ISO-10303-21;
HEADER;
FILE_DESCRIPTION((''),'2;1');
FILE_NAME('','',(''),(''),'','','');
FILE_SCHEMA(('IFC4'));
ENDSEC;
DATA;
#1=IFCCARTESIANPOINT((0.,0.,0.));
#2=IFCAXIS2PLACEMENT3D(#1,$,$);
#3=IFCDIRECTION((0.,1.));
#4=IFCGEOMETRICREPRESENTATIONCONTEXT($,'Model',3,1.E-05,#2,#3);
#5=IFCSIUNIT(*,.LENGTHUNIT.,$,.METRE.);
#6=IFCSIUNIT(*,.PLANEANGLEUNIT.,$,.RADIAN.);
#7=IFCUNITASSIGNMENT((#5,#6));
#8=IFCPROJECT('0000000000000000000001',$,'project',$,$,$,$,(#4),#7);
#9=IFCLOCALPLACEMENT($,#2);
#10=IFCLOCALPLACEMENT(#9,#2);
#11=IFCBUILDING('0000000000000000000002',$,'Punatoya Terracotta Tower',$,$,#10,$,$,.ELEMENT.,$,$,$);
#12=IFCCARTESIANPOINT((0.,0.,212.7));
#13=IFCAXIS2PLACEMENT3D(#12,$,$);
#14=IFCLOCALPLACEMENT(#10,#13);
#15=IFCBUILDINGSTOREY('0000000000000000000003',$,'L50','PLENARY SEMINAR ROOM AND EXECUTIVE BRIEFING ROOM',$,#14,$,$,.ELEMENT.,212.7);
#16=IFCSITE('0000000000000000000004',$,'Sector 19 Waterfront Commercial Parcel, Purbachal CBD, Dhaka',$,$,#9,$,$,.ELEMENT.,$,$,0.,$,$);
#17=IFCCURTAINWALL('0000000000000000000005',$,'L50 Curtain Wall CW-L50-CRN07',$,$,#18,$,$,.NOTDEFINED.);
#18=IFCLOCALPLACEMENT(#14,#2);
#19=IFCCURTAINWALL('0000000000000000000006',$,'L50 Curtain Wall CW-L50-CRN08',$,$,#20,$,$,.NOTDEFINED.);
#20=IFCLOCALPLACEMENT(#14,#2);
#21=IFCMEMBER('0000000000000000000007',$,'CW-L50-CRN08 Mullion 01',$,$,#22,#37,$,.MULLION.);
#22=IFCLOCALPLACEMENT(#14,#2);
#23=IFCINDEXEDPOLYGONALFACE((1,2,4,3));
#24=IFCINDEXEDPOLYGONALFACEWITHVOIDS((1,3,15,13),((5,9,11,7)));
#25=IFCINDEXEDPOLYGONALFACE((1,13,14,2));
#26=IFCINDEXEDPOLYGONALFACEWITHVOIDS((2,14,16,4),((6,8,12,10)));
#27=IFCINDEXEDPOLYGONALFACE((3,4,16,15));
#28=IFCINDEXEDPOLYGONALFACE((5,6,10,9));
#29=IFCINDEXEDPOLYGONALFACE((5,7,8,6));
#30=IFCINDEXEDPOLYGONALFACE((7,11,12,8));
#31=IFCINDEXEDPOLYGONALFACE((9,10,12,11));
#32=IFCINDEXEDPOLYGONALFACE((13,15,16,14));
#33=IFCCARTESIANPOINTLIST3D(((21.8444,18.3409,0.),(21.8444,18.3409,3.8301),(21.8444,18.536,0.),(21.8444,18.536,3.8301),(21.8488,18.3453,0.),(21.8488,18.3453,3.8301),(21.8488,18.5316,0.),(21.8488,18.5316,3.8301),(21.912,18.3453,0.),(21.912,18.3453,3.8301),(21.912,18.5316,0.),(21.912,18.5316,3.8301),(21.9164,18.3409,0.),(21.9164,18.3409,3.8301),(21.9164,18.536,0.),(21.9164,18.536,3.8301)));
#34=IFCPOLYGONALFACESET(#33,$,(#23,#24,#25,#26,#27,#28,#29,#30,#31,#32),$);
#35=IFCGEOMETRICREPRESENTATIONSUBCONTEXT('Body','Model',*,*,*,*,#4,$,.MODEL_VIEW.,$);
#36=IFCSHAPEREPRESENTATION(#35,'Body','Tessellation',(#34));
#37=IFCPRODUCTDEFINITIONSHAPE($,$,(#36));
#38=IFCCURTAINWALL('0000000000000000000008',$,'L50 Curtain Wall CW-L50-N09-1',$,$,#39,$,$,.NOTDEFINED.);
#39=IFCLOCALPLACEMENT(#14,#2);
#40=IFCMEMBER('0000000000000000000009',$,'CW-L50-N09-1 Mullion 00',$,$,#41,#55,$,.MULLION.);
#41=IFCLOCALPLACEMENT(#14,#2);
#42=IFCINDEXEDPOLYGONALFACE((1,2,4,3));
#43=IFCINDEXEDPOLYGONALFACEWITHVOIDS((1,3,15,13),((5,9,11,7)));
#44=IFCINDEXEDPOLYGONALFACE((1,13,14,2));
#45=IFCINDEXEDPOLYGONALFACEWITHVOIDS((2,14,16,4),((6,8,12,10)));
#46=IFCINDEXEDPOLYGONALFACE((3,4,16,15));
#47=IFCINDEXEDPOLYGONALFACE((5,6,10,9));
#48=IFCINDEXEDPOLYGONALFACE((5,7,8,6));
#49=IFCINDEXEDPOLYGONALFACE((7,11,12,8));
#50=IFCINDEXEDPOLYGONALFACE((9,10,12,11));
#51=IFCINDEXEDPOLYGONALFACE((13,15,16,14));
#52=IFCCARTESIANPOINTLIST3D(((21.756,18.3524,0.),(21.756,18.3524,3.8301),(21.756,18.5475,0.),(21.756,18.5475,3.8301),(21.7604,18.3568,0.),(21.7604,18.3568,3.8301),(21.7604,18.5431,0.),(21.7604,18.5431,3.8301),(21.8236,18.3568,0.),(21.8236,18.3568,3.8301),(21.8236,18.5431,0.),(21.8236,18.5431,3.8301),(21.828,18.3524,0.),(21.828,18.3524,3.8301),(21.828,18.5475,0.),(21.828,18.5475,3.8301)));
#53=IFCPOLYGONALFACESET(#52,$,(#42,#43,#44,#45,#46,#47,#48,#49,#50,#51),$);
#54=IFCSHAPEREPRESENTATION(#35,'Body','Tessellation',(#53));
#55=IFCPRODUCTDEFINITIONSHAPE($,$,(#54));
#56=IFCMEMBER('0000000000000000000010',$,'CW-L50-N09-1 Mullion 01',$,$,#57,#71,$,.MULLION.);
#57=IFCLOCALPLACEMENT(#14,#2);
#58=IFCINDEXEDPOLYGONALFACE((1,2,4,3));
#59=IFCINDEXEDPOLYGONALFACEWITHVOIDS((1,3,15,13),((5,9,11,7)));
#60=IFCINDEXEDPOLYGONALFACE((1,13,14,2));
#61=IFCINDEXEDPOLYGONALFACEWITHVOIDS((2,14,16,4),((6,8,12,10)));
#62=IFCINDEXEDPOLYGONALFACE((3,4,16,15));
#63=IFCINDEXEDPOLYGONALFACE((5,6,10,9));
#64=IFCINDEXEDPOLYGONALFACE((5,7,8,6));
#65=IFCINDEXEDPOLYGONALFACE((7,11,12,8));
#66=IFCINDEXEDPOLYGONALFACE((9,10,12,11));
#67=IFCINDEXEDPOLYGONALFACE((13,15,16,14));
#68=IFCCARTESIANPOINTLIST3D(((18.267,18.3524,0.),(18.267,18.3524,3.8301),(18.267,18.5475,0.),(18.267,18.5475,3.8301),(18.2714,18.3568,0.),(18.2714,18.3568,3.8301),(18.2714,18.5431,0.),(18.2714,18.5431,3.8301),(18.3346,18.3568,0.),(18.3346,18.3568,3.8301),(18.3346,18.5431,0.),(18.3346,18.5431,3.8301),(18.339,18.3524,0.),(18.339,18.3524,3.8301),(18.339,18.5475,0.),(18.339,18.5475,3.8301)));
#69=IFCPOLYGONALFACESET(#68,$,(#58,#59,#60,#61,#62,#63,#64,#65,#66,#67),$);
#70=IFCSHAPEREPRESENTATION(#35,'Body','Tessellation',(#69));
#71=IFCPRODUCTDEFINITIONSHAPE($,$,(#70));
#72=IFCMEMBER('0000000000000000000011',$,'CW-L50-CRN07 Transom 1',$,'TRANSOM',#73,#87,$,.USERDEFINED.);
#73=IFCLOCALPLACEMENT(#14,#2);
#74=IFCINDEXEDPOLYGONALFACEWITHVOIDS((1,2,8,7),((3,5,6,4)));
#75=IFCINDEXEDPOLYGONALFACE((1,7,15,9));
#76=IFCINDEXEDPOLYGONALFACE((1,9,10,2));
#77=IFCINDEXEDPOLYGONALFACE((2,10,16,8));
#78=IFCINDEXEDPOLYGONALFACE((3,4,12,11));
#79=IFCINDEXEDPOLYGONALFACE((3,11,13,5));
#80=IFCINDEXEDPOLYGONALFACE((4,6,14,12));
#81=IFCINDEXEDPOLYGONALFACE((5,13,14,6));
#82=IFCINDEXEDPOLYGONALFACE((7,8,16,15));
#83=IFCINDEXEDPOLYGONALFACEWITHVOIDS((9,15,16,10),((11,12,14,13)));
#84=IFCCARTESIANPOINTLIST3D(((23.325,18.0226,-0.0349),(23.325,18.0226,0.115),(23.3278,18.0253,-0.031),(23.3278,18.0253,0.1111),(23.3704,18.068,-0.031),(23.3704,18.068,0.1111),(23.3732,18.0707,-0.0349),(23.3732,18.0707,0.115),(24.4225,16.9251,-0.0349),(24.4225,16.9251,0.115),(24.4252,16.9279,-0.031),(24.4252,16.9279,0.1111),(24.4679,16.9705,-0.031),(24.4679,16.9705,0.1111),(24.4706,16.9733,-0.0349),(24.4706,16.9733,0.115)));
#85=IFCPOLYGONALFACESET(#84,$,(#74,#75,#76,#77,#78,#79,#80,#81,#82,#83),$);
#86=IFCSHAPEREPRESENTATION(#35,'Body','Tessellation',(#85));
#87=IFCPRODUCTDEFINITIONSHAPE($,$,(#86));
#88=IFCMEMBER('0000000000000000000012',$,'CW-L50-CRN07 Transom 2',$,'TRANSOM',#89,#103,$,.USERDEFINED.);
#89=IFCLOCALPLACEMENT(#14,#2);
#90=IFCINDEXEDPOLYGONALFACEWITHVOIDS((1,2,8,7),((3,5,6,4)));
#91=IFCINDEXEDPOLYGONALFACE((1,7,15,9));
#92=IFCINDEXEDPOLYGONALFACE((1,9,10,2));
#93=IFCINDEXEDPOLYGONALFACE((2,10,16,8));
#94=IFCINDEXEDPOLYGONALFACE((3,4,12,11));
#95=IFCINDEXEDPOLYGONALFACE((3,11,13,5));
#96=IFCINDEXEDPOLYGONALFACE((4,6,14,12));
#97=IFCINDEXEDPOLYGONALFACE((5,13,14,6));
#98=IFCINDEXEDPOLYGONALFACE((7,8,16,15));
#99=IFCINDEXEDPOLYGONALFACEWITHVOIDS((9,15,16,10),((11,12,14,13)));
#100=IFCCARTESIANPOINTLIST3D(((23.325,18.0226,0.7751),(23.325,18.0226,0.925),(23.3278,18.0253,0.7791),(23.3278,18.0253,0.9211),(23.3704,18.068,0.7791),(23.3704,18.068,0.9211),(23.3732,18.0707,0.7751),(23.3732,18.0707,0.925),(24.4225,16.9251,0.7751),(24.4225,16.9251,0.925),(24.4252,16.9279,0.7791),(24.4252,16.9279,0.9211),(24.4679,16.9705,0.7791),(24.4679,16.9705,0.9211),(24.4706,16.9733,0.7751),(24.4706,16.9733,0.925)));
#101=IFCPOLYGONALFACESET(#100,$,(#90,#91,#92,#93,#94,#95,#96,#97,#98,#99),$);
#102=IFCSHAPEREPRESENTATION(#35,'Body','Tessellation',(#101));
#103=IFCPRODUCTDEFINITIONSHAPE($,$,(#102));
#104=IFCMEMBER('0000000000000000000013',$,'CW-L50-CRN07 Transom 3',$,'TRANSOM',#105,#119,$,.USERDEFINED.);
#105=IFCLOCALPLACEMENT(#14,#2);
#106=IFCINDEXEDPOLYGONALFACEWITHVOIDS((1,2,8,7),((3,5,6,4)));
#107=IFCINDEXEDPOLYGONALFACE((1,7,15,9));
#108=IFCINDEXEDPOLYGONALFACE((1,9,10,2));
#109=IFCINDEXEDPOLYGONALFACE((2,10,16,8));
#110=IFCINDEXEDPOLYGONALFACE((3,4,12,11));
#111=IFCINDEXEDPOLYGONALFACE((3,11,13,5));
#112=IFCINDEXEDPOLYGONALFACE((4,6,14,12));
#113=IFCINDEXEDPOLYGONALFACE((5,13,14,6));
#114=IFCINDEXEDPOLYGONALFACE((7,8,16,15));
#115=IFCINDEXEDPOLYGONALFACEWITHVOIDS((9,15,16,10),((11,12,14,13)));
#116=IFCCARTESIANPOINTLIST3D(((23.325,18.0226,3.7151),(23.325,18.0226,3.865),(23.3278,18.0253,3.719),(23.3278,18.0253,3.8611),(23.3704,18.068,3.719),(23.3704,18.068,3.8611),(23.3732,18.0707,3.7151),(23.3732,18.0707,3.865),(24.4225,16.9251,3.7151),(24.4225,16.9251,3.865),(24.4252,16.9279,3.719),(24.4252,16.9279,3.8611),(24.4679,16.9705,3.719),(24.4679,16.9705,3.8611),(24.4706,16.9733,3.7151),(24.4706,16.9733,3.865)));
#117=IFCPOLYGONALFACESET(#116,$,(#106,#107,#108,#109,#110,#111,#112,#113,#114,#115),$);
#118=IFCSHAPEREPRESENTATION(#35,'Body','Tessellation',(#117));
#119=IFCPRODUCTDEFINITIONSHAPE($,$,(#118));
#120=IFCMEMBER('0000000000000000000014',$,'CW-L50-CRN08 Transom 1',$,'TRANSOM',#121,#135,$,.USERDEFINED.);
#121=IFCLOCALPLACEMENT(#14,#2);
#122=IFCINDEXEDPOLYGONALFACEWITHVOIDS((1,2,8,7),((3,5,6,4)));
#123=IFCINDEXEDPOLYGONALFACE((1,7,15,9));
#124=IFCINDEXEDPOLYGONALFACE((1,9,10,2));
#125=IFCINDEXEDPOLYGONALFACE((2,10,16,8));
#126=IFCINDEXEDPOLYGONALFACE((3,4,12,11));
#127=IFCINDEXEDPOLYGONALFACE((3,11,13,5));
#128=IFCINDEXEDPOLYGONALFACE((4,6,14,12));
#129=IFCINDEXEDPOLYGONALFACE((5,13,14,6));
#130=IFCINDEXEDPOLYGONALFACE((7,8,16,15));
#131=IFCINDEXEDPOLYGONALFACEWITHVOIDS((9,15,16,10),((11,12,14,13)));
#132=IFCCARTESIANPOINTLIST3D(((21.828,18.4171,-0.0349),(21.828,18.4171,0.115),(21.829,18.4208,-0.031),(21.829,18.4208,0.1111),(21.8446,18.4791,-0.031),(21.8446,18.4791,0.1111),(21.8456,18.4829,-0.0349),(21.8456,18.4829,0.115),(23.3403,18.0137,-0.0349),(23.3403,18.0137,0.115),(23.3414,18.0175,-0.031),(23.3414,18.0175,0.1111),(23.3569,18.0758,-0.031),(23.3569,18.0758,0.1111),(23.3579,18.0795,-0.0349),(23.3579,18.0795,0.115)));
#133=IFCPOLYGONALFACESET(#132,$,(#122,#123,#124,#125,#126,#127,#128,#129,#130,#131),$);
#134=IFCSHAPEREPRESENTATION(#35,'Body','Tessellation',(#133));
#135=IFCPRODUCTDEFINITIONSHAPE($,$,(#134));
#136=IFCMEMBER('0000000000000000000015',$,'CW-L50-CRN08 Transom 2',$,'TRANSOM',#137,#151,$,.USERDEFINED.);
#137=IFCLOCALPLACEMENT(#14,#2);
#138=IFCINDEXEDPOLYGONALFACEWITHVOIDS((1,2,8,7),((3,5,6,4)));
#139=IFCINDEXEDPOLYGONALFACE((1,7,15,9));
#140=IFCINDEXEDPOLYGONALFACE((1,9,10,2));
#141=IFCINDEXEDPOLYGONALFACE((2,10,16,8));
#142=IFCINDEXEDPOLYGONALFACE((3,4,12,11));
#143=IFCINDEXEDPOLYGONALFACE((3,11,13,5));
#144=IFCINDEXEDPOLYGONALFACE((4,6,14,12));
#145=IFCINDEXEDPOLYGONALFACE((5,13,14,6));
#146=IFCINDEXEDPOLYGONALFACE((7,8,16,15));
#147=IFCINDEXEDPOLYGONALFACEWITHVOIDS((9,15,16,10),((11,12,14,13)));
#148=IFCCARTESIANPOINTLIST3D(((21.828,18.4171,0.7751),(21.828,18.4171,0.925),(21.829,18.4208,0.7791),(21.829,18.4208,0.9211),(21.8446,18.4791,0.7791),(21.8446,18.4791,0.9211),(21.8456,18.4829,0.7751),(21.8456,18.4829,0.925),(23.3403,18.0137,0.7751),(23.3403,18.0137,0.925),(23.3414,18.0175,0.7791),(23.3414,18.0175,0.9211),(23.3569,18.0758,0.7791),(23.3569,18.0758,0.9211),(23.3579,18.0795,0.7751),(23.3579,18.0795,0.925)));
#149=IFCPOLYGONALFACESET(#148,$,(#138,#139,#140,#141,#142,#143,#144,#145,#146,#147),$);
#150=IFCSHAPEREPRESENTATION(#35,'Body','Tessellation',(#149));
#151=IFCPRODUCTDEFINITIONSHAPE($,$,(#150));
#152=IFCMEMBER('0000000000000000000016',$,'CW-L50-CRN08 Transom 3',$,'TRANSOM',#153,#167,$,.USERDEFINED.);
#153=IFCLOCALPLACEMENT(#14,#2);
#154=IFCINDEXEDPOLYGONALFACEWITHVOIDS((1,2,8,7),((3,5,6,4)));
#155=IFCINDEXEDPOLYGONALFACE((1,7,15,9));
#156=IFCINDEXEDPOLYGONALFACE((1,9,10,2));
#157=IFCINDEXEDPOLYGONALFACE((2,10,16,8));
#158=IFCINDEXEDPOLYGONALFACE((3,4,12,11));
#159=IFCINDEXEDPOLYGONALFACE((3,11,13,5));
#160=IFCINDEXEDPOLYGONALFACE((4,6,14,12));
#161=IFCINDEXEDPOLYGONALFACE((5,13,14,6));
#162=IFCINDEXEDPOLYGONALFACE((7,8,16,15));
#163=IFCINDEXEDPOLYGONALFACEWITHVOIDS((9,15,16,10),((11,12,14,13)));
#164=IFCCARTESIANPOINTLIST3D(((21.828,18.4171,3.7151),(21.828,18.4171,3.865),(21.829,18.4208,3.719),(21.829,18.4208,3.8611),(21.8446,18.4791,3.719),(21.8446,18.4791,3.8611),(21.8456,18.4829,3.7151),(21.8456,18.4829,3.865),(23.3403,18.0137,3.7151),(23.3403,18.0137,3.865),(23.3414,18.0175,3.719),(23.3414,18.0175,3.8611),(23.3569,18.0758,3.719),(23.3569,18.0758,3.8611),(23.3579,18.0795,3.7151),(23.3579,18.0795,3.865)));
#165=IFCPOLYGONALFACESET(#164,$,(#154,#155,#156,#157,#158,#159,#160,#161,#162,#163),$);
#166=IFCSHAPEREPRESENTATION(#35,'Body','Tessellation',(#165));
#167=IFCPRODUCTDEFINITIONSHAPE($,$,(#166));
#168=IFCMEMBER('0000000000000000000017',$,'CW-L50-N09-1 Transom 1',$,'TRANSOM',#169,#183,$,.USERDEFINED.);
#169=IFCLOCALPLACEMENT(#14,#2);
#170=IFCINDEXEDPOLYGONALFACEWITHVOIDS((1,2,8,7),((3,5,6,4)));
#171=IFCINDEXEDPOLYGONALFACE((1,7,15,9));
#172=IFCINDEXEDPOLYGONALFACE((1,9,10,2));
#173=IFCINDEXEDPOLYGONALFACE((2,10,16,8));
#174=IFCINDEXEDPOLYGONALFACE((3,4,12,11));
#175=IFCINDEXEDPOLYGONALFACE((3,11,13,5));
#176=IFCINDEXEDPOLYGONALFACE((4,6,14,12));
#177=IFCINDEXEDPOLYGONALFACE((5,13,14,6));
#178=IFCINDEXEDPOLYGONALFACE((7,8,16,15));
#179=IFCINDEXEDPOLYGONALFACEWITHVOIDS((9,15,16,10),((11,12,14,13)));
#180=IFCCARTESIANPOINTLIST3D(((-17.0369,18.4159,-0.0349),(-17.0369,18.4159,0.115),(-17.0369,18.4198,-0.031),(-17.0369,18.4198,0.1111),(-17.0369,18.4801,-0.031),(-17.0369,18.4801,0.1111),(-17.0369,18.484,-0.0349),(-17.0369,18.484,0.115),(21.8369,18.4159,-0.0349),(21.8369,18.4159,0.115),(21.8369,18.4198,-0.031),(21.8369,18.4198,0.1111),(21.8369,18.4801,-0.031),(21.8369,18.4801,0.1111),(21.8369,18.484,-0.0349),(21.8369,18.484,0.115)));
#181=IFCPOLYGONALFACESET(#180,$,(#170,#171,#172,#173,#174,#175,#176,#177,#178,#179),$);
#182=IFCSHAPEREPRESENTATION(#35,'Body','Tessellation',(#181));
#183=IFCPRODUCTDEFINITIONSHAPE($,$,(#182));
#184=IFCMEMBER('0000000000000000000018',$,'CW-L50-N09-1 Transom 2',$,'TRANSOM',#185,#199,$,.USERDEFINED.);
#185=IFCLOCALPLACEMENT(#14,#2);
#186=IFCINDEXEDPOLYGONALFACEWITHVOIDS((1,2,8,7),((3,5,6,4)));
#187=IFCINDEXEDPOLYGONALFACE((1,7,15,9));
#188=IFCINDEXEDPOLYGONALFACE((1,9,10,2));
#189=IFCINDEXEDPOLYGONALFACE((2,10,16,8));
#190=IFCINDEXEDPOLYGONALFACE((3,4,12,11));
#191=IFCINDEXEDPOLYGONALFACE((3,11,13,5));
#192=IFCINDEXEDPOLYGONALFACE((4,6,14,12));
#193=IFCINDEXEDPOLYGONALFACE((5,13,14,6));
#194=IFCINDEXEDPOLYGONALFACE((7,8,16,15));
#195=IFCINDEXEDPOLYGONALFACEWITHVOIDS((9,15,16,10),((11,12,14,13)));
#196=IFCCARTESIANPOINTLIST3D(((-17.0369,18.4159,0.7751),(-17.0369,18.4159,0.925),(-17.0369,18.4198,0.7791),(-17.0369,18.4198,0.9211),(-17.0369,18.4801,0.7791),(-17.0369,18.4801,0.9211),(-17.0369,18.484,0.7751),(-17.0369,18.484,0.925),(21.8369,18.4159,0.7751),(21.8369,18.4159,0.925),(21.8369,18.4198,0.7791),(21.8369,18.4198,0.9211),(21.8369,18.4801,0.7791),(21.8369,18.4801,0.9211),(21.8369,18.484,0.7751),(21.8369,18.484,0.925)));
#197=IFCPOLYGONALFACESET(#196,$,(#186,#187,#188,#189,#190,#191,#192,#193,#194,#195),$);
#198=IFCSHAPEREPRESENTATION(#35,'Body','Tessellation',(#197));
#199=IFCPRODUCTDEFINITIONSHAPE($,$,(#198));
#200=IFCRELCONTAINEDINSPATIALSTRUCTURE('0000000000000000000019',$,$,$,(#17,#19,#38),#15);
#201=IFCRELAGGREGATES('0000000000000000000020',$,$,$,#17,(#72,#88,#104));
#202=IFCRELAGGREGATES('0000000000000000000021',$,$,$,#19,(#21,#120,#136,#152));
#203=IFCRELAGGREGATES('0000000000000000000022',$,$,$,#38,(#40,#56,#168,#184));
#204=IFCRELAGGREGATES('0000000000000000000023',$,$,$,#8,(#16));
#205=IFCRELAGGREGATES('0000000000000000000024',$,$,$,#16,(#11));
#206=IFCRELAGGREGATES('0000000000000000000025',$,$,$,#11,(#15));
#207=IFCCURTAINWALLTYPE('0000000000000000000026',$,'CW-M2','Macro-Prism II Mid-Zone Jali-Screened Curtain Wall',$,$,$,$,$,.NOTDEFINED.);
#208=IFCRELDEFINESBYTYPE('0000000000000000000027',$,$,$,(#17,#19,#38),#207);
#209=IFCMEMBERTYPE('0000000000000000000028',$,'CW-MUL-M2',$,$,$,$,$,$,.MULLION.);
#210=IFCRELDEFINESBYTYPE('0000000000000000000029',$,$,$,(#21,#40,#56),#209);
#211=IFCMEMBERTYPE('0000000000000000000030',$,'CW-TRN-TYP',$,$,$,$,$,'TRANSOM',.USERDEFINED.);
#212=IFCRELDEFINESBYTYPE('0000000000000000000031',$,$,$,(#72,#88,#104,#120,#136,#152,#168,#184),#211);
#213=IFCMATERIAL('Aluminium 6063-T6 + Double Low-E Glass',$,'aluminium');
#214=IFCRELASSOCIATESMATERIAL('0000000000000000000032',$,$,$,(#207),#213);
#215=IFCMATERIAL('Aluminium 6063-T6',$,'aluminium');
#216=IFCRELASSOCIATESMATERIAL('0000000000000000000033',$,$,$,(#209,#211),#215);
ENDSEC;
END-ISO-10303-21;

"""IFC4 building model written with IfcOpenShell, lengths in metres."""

from ifc_helpers import new_model, si_unit, direction, frame, origin, origin_2d, place, context, subcontext, project, spatial, hollow_rectangle, extrude, material, material_profile, profile_set, type_object, element, aggregate, save


model = new_model("IFC4")

# Units and contexts
model_context = context("Model", 3, precision=1e-05, world=origin(), true_north=direction((0.0, 1.0)))
body_context = subcontext(model_context, "Body", "Model", "MODEL_VIEW")
ifc_project = project(units=[si_unit("LENGTHUNIT", "METRE"), si_unit("PLANEANGLEUNIT", "RADIAN")], contexts=[model_context])

# Site, building, storey
site_placement = place(None, origin())
site = spatial("IfcSite", under=ifc_project, at=site_placement, Name="Sector 19 Waterfront Commercial Parcel, Purbachal CBD, Dhaka", CompositionType="ELEMENT", RefElevation=0.0)
building_placement = place(site_placement, origin())
building = spatial("IfcBuilding", under=site, at=building_placement, Name="Punatoya Terracotta Tower", CompositionType="ELEMENT")
storey_placement = place(building_placement, frame((0.0, 0.0, 212.7)))
storey = spatial("IfcBuildingStorey", under=building, at=storey_placement, Name="L50", Description="PLENARY SEMINAR ROOM AND EXECUTIVE BRIEFING ROOM", CompositionType="ELEMENT", Elevation=212.7)

# Shared definitions
ifc_material_1 = material(Name="Aluminium 6063-T6 + Double Low-E Glass", Category="aluminium")
curtain_wall_type = type_object("IfcCurtainWallType", Name="CW-M2", Description="Macro-Prism II Mid-Zone Jali-Screened Curtain Wall", PredefinedType="NOTDEFINED", material=ifc_material_1)
ifc_material_2 = material(Name="Aluminium 6063-T6", Category="aluminium")
ifc_material_profile_1 = material_profile(ifc_material_2, hollow_rectangle(XDim=0.072, YDim=0.1951, WallThickness=0.0044, at=origin_2d()))
ifc_profile_set_1 = profile_set([ifc_material_profile_1], Name="Aluminium 6063-T6")
member_type_1 = type_object("IfcMemberType", Name="CW-MUL-M2", PredefinedType="MULLION", material=ifc_profile_set_1)

# Curtain walls, members
curtain_wall_1_placement = place(storey_placement, origin())
curtain_wall_1 = element("IfcCurtainWall", 1, at=curtain_wall_1_placement, inside=storey, type_object=curtain_wall_type, Name="L50 Curtain Wall CW-L50-CRN07", PredefinedType="NOTDEFINED")
curtain_wall_2_placement = place(storey_placement, origin())
curtain_wall_2 = element("IfcCurtainWall", 2, at=curtain_wall_2_placement, inside=storey, type_object=curtain_wall_type, Name="L50 Curtain Wall CW-L50-CRN08", PredefinedType="NOTDEFINED")
member_1_placement = place(storey_placement, frame((21.8804, 18.4385, 0.0), z_axis=(0.0, 0.0, 1.0), x_axis=(1.0, 0.0, 0.0)))
member_1 = element("IfcMember", 3, at=member_1_placement, type_object=member_type_1, Name="CW-L50-CRN08 Mullion 01", PredefinedType="MULLION", context=body_context, shape_type="SweptSolid", body=[
    extrude(hollow_rectangle(XDim=0.072, YDim=0.1951, WallThickness=0.0044, at=origin_2d()), origin(), (0.0, 0.0, 1.0), 3.8301),
])
curtain_wall_3_placement = place(storey_placement, origin())
curtain_wall_3 = element("IfcCurtainWall", 4, at=curtain_wall_3_placement, inside=storey, type_object=curtain_wall_type, Name="L50 Curtain Wall CW-L50-N09-1", PredefinedType="NOTDEFINED")
member_2_placement = place(storey_placement, frame((21.792, 18.45, 0.0), z_axis=(0.0, 0.0, 1.0), x_axis=(1.0, 0.0, 0.0)))
member_2 = element("IfcMember", 5, at=member_2_placement, type_object=member_type_1, Name="CW-L50-N09-1 Mullion 00", PredefinedType="MULLION", context=body_context, shape_type="SweptSolid", body=[
    extrude(hollow_rectangle(XDim=0.072, YDim=0.1951, WallThickness=0.0044, at=origin_2d()), origin(), (0.0, 0.0, 1.0), 3.8301),
])
member_3_placement = place(storey_placement, frame((18.303, 18.45, 0.0), z_axis=(0.0, 0.0, 1.0), x_axis=(1.0, 0.0, 0.0)))
member_3 = element("IfcMember", 6, at=member_3_placement, type_object=member_type_1, Name="CW-L50-N09-1 Mullion 01", PredefinedType="MULLION", context=body_context, shape_type="SweptSolid", body=[
    extrude(hollow_rectangle(XDim=0.072, YDim=0.1951, WallThickness=0.0044, at=origin_2d()), origin(), (0.0, 0.0, 1.0), 3.8301),
])

# Members
ifc_material_profile_2 = material_profile(ifc_material_2, hollow_rectangle(XDim=0.0681, YDim=0.1499, WallThickness=0.0039, at=origin_2d()))
ifc_profile_set_2 = profile_set([ifc_material_profile_2], Name="Aluminium 6063-T6")
member_type_2 = type_object("IfcMemberType", Name="CW-TRN-TYP", ElementType="TRANSOM", PredefinedType="USERDEFINED", material=ifc_profile_set_2)
member_4_placement = place(storey_placement, frame((24.4465, 16.9492, 0.04), z_axis=(-0.707107, 0.707107, 0.0), x_axis=(-0.707107, -0.707107, 0.0)))
member_4 = element("IfcMember", 7, at=member_4_placement, type_object=member_type_2, Name="CW-L50-CRN07 Transom 1", ObjectType="TRANSOM", PredefinedType="USERDEFINED", context=body_context, shape_type="SweptSolid", body=[
    extrude(hollow_rectangle(XDim=0.0681, YDim=0.1499, WallThickness=0.0039, at=origin_2d()), origin(), (0.0, 0.0, 1.0), 1.552),
])
member_5_placement = place(storey_placement, frame((24.4465, 16.9492, 0.8501), z_axis=(-0.707107, 0.707107, 0.0), x_axis=(-0.707107, -0.707107, 0.0)))
member_5 = element("IfcMember", 8, at=member_5_placement, type_object=member_type_2, Name="CW-L50-CRN07 Transom 2", ObjectType="TRANSOM", PredefinedType="USERDEFINED", context=body_context, shape_type="SweptSolid", body=[
    extrude(hollow_rectangle(XDim=0.0681, YDim=0.1499, WallThickness=0.0039, at=origin_2d()), origin(), (0.0, 0.0, 1.0), 1.552),
])
member_6_placement = place(storey_placement, frame((24.4465, 16.9492, 3.79), z_axis=(-0.707107, 0.707107, 0.0), x_axis=(-0.707107, -0.707107, 0.0)))
member_6 = element("IfcMember", 9, at=member_6_placement, type_object=member_type_2, Name="CW-L50-CRN07 Transom 3", ObjectType="TRANSOM", PredefinedType="USERDEFINED", context=body_context, shape_type="SweptSolid", body=[
    extrude(hollow_rectangle(XDim=0.0681, YDim=0.1499, WallThickness=0.0039, at=origin_2d()), origin(), (0.0, 0.0, 1.0), 1.552),
])
member_7_placement = place(storey_placement, frame((23.3491, 18.0466, 0.04), z_axis=(-0.966225, 0.257701, 0.0), x_axis=(-0.257701, -0.966225, 0.0)))
member_7 = element("IfcMember", 10, at=member_7_placement, type_object=member_type_2, Name="CW-L50-CRN08 Transom 1", ObjectType="TRANSOM", PredefinedType="USERDEFINED", context=body_context, shape_type="SweptSolid", body=[
    extrude(hollow_rectangle(XDim=0.0681, YDim=0.1499, WallThickness=0.0039, at=origin_2d()), origin(), (0.0, 0.0, 1.0), 1.5652),
])
member_8_placement = place(storey_placement, frame((23.3491, 18.0466, 0.8501), z_axis=(-0.966225, 0.257701, 0.0), x_axis=(-0.257701, -0.966225, 0.0)))
member_8 = element("IfcMember", 11, at=member_8_placement, type_object=member_type_2, Name="CW-L50-CRN08 Transom 2", ObjectType="TRANSOM", PredefinedType="USERDEFINED", context=body_context, shape_type="SweptSolid", body=[
    extrude(hollow_rectangle(XDim=0.0681, YDim=0.1499, WallThickness=0.0039, at=origin_2d()), origin(), (0.0, 0.0, 1.0), 1.5652),
])
member_9_placement = place(storey_placement, frame((23.3491, 18.0466, 3.79), z_axis=(-0.966225, 0.257701, 0.0), x_axis=(-0.257701, -0.966225, 0.0)))
member_9 = element("IfcMember", 12, at=member_9_placement, type_object=member_type_2, Name="CW-L50-CRN08 Transom 3", ObjectType="TRANSOM", PredefinedType="USERDEFINED", context=body_context, shape_type="SweptSolid", body=[
    extrude(hollow_rectangle(XDim=0.0681, YDim=0.1499, WallThickness=0.0039, at=origin_2d()), origin(), (0.0, 0.0, 1.0), 1.5652),
])
member_10_placement = place(storey_placement, frame((21.8369, 18.45, 0.04), z_axis=(-1.0, 0.0, 0.0), x_axis=(0.0, -1.0, 0.0)))
member_10 = element("IfcMember", 13, at=member_10_placement, type_object=member_type_2, Name="CW-L50-N09-1 Transom 1", ObjectType="TRANSOM", PredefinedType="USERDEFINED", context=body_context, shape_type="SweptSolid", body=[
    extrude(hollow_rectangle(XDim=0.0681, YDim=0.1499, WallThickness=0.0039, at=origin_2d()), origin(), (0.0, 0.0, 1.0), 38.8738),
])
member_11_placement = place(storey_placement, frame((21.8369, 18.45, 0.8501), z_axis=(-1.0, 0.0, 0.0), x_axis=(0.0, -1.0, 0.0)))
member_11 = element("IfcMember", 14, at=member_11_placement, type_object=member_type_2, Name="CW-L50-N09-1 Transom 2", ObjectType="TRANSOM", PredefinedType="USERDEFINED", context=body_context, shape_type="SweptSolid", body=[
    extrude(hollow_rectangle(XDim=0.0681, YDim=0.1499, WallThickness=0.0039, at=origin_2d()), origin(), (0.0, 0.0, 1.0), 38.8738),
])

aggregate(curtain_wall_1, [member_4, member_5, member_6])
aggregate(curtain_wall_2, [member_1, member_7, member_8, member_9])
aggregate(curtain_wall_3, [member_2, member_3, member_10, member_11])

save(model, "model.ifc")
